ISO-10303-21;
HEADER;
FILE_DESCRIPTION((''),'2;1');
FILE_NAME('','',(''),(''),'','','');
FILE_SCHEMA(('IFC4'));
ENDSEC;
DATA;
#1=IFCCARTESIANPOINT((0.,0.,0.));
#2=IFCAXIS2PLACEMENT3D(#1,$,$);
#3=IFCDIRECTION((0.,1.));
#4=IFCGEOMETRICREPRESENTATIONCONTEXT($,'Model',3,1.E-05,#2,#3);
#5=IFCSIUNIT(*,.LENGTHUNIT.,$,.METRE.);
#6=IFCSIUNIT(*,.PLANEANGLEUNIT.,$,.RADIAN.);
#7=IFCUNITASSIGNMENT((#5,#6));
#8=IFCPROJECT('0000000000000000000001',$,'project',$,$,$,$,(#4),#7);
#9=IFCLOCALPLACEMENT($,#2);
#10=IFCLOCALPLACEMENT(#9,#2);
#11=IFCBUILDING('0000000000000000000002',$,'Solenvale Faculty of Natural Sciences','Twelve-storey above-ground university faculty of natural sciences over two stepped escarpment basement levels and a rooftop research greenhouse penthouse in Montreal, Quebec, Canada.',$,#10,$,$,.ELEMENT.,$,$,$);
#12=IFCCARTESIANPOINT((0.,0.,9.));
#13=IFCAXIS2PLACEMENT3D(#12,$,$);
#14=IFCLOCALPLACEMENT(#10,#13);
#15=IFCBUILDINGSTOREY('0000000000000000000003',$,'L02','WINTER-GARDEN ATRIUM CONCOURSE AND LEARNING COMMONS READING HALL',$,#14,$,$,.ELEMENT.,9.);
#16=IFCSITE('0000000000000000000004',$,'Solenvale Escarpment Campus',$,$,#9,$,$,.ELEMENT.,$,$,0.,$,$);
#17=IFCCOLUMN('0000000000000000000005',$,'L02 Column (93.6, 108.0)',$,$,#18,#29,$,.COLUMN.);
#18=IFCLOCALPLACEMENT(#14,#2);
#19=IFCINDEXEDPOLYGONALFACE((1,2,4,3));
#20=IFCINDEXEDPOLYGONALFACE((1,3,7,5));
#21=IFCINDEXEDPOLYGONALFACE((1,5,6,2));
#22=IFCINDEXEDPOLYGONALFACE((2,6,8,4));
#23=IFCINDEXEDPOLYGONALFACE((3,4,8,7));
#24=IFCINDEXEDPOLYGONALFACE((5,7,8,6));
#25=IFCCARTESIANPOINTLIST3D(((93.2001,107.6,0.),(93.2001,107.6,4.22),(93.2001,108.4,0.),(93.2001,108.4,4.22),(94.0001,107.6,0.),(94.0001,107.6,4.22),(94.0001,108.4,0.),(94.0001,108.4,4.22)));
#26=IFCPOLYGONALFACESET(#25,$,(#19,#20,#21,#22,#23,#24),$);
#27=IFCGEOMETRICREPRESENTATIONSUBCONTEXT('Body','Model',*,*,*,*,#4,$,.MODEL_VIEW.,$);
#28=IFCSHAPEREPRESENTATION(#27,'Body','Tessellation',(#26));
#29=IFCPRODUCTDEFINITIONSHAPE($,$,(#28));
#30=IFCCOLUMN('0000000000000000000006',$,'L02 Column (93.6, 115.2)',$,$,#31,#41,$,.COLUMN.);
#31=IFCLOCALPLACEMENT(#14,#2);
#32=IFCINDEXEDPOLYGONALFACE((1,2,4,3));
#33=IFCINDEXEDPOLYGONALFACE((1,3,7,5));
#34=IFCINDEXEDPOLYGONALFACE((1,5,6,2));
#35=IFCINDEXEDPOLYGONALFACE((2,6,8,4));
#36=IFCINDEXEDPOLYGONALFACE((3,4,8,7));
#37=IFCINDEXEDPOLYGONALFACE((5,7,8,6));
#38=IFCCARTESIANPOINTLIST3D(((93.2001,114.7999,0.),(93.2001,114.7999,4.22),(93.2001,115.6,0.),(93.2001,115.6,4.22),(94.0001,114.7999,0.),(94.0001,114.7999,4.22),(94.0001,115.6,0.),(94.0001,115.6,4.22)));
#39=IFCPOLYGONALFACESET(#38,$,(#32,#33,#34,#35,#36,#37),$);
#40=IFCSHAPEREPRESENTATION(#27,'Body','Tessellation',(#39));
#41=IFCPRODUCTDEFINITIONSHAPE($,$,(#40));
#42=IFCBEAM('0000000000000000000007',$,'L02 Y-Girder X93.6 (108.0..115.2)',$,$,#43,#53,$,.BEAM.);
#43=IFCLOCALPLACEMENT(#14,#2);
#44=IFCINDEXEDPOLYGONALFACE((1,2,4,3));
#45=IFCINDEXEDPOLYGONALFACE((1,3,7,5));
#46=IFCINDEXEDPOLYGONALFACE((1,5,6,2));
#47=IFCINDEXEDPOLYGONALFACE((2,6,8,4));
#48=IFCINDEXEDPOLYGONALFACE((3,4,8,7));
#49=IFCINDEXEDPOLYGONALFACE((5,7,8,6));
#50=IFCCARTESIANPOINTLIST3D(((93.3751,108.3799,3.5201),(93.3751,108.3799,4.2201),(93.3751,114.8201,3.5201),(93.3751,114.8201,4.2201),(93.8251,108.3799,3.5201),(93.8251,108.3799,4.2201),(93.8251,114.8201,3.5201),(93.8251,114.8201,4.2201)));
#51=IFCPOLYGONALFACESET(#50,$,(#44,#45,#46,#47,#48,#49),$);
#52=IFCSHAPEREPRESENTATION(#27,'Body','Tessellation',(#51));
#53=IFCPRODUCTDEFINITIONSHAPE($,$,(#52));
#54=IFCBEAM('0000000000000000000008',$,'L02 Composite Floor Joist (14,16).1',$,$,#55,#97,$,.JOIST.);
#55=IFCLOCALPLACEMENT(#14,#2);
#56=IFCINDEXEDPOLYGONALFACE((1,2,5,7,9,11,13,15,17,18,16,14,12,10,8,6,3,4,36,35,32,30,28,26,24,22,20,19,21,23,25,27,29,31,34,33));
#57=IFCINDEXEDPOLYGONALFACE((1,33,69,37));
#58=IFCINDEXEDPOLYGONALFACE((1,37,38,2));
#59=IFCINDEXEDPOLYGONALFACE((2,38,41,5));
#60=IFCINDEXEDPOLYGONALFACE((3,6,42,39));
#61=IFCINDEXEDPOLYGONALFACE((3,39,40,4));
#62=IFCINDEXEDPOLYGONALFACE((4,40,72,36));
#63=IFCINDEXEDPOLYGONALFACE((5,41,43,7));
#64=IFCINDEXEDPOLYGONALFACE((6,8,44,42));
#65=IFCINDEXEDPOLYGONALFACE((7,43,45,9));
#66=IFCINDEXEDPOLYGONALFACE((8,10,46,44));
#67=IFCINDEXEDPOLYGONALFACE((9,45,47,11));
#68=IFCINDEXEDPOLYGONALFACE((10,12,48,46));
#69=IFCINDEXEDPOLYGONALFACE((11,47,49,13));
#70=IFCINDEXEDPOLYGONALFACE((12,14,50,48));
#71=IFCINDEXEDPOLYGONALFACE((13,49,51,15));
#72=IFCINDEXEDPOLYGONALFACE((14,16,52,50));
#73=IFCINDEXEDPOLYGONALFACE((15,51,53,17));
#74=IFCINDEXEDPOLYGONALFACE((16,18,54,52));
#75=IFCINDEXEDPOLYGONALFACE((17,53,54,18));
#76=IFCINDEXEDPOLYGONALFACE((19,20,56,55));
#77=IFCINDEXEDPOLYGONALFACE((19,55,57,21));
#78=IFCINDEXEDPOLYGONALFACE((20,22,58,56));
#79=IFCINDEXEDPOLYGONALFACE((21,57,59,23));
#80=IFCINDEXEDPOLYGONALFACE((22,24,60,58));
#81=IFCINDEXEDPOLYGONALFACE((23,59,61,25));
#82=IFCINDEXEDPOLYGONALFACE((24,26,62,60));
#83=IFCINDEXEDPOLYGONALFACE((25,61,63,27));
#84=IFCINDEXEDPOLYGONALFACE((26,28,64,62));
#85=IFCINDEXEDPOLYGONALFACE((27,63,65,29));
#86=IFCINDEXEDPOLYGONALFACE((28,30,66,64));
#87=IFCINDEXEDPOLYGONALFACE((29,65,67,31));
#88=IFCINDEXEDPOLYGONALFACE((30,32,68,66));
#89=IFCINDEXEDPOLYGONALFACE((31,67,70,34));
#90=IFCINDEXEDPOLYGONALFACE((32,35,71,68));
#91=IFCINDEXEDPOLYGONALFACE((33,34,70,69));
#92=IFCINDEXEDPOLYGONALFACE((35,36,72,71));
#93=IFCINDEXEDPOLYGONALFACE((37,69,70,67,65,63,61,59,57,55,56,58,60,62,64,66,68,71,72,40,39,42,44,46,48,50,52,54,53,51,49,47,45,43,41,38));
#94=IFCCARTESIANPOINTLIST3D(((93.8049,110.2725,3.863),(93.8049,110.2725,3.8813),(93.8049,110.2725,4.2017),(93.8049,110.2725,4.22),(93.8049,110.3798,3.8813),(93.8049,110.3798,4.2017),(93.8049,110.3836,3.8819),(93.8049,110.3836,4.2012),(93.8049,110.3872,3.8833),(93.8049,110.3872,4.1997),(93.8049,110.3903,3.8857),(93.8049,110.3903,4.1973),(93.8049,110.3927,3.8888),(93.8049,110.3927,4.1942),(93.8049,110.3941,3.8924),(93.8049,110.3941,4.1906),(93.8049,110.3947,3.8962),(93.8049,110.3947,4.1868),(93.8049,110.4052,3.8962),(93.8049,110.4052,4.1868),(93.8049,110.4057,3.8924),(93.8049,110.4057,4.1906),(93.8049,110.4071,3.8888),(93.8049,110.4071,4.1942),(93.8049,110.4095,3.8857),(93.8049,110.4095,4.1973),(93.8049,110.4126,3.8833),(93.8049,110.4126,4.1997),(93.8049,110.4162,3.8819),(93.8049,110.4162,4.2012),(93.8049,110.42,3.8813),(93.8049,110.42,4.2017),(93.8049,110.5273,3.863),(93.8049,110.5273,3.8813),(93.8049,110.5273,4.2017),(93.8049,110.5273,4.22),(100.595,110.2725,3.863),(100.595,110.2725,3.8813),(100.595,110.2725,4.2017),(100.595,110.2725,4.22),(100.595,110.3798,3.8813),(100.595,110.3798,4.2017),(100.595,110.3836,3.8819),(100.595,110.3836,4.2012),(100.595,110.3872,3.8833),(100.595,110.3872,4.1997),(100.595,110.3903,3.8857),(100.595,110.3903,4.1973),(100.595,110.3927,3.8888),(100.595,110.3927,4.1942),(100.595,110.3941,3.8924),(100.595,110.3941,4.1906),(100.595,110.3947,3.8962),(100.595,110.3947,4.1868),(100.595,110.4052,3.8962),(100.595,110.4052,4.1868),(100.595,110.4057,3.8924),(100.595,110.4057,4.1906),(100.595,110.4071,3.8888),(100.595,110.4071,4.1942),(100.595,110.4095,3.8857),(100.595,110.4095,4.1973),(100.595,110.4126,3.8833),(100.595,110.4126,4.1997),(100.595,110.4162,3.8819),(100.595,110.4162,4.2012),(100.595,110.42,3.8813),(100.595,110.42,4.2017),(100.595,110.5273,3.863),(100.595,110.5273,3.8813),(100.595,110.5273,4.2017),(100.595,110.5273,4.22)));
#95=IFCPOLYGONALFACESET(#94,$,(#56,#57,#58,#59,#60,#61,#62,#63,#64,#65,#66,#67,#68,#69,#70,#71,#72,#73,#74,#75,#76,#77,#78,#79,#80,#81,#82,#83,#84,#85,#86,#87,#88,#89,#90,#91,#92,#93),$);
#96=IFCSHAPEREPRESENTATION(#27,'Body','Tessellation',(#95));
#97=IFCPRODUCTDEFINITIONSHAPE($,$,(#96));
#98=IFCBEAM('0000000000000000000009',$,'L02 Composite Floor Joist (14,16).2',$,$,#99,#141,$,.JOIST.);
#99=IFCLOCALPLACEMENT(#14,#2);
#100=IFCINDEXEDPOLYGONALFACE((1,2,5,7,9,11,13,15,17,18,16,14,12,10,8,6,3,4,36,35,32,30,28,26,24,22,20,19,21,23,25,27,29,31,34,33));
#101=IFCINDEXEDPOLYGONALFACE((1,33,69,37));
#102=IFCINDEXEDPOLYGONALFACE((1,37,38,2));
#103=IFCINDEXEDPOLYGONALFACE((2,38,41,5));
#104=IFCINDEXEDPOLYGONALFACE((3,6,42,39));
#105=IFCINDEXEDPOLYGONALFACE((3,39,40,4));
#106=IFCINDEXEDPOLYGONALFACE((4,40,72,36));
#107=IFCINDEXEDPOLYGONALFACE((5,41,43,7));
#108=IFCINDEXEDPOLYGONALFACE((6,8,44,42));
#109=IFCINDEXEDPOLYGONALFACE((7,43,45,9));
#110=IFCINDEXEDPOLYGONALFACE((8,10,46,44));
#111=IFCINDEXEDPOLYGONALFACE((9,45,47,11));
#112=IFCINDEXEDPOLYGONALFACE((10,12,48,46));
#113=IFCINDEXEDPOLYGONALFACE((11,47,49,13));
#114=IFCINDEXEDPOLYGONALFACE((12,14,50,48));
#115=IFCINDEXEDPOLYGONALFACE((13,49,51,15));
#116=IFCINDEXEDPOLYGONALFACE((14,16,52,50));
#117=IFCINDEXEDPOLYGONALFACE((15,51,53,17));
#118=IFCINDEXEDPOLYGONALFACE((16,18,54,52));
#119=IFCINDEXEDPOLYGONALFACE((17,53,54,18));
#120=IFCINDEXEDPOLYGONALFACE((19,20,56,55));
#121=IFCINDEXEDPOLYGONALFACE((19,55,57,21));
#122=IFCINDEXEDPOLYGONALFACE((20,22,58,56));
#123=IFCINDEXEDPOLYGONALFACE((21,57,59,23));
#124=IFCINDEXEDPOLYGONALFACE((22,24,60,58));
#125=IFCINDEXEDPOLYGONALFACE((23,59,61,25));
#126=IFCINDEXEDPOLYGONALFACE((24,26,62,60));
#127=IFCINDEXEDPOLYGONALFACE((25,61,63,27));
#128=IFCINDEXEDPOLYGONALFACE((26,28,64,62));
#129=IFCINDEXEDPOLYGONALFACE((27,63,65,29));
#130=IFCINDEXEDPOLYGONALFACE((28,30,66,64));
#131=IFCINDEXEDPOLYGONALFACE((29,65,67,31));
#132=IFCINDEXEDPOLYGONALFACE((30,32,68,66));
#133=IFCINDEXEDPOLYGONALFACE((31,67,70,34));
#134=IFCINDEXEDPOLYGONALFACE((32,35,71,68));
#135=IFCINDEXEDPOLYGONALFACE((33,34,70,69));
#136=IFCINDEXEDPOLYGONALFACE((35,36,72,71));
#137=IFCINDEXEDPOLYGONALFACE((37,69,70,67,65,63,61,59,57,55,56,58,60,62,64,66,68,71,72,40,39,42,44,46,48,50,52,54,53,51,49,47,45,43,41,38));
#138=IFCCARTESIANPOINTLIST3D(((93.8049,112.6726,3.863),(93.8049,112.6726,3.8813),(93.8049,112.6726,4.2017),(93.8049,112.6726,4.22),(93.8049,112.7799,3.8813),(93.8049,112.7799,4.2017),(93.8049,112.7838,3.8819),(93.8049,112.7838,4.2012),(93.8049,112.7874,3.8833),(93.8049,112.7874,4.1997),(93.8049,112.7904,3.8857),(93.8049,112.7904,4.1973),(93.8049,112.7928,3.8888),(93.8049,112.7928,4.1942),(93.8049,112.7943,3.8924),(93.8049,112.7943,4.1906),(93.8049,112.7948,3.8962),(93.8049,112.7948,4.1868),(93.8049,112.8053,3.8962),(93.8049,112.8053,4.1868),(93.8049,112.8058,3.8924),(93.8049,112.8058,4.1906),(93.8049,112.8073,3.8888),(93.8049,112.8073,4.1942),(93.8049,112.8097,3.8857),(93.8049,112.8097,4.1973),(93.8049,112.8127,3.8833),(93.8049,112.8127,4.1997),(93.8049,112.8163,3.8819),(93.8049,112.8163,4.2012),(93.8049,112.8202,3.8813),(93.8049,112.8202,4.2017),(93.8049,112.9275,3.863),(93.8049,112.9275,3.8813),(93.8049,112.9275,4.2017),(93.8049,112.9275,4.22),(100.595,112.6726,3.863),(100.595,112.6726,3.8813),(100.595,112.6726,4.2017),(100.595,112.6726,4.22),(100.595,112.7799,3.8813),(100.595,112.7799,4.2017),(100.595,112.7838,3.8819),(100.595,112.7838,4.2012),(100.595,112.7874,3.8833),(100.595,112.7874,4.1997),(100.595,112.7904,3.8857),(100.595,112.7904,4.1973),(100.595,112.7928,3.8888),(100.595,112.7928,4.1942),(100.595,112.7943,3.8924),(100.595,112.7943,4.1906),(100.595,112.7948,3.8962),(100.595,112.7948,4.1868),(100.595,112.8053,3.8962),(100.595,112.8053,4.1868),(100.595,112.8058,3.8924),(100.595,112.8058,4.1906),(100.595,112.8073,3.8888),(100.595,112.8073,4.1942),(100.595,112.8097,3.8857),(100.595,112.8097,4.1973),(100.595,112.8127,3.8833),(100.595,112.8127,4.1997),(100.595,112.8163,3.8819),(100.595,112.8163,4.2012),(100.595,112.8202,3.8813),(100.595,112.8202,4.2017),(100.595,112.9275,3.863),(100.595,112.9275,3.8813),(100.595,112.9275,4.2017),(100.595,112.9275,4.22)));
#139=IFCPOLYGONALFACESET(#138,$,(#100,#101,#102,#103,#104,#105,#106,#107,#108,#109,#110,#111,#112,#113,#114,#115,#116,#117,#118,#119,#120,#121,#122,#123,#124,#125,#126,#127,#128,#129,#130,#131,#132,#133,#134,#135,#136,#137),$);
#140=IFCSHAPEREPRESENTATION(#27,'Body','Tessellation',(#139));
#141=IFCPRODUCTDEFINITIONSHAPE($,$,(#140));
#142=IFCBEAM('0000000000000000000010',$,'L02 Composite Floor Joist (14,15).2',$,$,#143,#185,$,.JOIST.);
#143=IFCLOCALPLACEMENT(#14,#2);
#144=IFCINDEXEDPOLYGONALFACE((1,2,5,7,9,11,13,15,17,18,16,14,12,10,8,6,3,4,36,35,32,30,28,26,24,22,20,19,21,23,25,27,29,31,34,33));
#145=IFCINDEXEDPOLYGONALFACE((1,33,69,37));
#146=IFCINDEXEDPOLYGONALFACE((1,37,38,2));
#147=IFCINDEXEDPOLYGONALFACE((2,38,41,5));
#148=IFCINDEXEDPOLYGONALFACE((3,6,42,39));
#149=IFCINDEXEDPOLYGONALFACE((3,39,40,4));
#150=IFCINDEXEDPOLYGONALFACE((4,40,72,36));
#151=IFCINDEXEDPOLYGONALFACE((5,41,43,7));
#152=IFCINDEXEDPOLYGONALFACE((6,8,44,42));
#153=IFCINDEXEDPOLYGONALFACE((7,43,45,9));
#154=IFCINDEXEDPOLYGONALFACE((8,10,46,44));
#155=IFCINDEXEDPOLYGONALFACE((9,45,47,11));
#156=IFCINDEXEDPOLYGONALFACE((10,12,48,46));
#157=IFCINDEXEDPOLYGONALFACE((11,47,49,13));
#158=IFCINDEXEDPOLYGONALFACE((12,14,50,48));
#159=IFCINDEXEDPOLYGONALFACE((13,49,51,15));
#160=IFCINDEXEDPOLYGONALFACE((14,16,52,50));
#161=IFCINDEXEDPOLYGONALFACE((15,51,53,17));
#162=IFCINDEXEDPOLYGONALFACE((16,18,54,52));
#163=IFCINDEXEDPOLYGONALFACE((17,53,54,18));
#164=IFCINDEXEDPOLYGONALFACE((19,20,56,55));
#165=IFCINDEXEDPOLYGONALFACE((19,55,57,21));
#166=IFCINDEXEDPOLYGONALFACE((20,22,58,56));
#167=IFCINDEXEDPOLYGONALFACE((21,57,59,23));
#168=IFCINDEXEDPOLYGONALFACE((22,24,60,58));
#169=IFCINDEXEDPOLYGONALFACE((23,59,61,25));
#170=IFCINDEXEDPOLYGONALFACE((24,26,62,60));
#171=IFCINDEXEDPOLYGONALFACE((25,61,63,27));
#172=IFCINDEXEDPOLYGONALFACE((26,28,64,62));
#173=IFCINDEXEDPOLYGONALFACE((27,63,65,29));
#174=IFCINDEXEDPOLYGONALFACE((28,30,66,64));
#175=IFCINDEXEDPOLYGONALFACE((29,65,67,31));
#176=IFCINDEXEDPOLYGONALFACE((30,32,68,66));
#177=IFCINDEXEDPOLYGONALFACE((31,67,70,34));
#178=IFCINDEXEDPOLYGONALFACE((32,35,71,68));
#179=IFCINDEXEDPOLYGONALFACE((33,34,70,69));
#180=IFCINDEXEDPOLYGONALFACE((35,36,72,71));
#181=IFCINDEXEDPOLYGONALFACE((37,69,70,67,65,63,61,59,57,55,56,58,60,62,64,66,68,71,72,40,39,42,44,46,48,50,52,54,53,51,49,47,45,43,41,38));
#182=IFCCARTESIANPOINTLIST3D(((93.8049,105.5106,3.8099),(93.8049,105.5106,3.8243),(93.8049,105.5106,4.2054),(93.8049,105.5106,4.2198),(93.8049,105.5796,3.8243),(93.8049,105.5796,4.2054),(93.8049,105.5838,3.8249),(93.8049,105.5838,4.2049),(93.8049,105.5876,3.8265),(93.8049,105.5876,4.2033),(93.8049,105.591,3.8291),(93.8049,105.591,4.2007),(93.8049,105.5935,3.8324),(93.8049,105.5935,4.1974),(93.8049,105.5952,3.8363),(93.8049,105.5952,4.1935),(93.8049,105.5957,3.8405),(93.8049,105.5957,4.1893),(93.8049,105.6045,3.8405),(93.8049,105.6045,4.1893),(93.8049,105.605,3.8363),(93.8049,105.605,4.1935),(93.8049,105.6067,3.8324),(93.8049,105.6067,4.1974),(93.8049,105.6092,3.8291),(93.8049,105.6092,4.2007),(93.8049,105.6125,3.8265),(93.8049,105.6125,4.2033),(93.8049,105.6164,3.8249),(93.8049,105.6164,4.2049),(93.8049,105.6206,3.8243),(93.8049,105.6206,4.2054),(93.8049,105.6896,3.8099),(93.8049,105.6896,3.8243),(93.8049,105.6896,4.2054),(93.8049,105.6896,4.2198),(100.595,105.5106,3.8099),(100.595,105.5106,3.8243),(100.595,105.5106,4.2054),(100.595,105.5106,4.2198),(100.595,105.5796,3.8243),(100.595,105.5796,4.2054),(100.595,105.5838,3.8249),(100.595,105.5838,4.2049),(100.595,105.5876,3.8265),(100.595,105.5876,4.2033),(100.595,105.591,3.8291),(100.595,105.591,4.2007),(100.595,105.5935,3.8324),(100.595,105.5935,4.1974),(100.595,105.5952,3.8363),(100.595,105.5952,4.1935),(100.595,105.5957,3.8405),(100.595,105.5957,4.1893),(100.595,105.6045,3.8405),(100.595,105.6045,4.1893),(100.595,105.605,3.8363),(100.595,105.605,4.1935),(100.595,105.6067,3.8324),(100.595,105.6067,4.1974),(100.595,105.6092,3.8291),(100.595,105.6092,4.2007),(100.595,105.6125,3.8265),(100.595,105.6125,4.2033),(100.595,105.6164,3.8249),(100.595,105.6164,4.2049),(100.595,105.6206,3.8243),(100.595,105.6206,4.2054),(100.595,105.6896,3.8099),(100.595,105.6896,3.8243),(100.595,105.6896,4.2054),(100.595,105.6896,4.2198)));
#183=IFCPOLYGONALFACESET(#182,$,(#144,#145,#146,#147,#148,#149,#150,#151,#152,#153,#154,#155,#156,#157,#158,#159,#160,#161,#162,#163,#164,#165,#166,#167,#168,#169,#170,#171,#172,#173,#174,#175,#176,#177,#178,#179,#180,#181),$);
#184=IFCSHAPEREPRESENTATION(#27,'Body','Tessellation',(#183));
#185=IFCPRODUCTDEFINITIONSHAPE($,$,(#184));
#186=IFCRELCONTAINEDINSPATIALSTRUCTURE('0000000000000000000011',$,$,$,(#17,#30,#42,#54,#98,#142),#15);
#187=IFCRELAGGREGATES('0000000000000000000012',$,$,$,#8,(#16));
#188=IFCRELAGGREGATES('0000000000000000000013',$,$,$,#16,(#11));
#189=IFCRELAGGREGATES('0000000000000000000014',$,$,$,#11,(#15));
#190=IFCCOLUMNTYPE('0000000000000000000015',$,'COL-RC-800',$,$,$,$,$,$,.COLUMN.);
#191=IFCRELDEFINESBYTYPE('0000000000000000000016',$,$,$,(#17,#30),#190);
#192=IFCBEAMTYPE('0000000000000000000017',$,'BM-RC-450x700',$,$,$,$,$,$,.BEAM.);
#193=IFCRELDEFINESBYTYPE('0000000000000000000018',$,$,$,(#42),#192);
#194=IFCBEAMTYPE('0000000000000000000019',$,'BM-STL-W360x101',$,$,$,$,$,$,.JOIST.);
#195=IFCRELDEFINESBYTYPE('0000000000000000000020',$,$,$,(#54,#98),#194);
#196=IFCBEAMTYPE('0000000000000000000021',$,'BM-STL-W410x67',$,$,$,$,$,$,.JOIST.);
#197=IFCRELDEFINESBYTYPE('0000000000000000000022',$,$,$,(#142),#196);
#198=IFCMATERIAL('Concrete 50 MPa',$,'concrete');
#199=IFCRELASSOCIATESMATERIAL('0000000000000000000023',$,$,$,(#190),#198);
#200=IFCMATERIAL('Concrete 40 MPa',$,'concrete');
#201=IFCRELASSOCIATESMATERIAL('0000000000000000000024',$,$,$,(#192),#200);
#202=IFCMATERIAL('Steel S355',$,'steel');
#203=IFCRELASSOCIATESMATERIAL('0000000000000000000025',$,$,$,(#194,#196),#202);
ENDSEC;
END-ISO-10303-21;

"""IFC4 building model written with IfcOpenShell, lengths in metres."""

from ifc_helpers import new_model, si_unit, direction, frame, origin, origin_2d, place, context, subcontext, project, spatial, rectangle, i_section, extrude, material, material_profile, profile_set, type_object, element, save


model = new_model("IFC4")

# Units and contexts
model_context = context("Model", 3, precision=1e-05, world=origin(), true_north=direction((0.0, 1.0)))
body_context = subcontext(model_context, "Body", "Model", "MODEL_VIEW")
ifc_project = project(units=[si_unit("LENGTHUNIT", "METRE"), si_unit("PLANEANGLEUNIT", "RADIAN")], contexts=[model_context])

# Site, building, storey
site_placement = place(None, origin())
site = spatial("IfcSite", under=ifc_project, at=site_placement, Name="Solenvale Escarpment Campus", CompositionType="ELEMENT", RefElevation=0.0)
building_placement = place(site_placement, origin())
building = spatial("IfcBuilding", under=site, at=building_placement, Name="Solenvale Faculty of Natural Sciences", Description="Twelve-storey above-ground university faculty of natural sciences over two stepped escarpment basement levels and a rooftop research greenhouse penthouse in Montreal, Quebec, Canada.", CompositionType="ELEMENT")
storey_placement = place(building_placement, frame((0.0, 0.0, 9.0)))
storey = spatial("IfcBuildingStorey", under=building, at=storey_placement, Name="L02", Description="WINTER-GARDEN ATRIUM CONCOURSE AND LEARNING COMMONS READING HALL", CompositionType="ELEMENT", Elevation=9.0)

# Columns
ifc_material_1 = material(Name="Concrete 50 MPa", Category="concrete")
ifc_material_profile_1 = material_profile(ifc_material_1, rectangle(XDim=0.8, YDim=0.8, at=origin_2d()), Name="RC-COL-800x800")
ifc_profile_set_1 = profile_set([ifc_material_profile_1], Name="Concrete 50 MPa")
column_type = type_object("IfcColumnType", Name="COL-RC-800", PredefinedType="COLUMN", material=ifc_profile_set_1)
for number, where, z_axis, x_axis, name in (
    (1, (93.6001, 108.0, 0.0), (0.0, 0.0, 1.0), (1.0, 0.0, 0.0), "L02 Column (93.6, 108.0)"),
    (2, (93.6001, 115.2, 0.0), (0.0, 0.0, 1.0), (1.0, 0.0, 0.0), "L02 Column (93.6, 115.2)"),
):
    element("IfcColumn", number, at=place(storey_placement, frame(where, z_axis=z_axis, x_axis=x_axis)), inside=storey, type_object=column_type, Name=name, PredefinedType="COLUMN", context=body_context, shape_type="SweptSolid", body=[
        extrude(rectangle(XDim=0.8, YDim=0.8, at=origin_2d()), origin(), (0.0, 0.0, 1.0), 4.22),
    ])

# Beams
ifc_material_2 = material(Name="Concrete 40 MPa", Category="concrete")
ifc_material_profile_2 = material_profile(ifc_material_2, rectangle(XDim=0.45, YDim=0.7, at=origin_2d()), Name="RC-BM-450x700")
ifc_profile_set_2 = profile_set([ifc_material_profile_2], Name="Concrete 40 MPa")
beam_type_1 = type_object("IfcBeamType", Name="BM-RC-450x700", PredefinedType="BEAM", material=ifc_profile_set_2)
beam_1_placement = place(storey_placement, frame((93.6001, 108.3799, 3.8701), z_axis=(0.0, 1.0, 0.0), x_axis=(-1.0, 0.0, 0.0)))
element("IfcBeam", 3, at=beam_1_placement, inside=storey, type_object=beam_type_1, Name="L02 Y-Girder X93.6 (108.0..115.2)", PredefinedType="BEAM", context=body_context, shape_type="SweptSolid", body=[
    extrude(rectangle(XDim=0.45, YDim=0.7, at=origin_2d()), origin(), (0.0, 0.0, 1.0), 6.4402),
])
ifc_material_3 = material(Name="Steel S355", Category="steel")
ifc_material_profile_3 = material_profile(ifc_material_3, i_section(OverallWidth=0.2549, OverallDepth=0.3569, WebThickness=0.0105, FlangeThickness=0.0183, FilletRadius=0.0149, at=origin_2d()), Name="W360x101")
ifc_profile_set_3 = profile_set([ifc_material_profile_3], Name="Steel S355")
beam_type_2 = type_object("IfcBeamType", Name="BM-STL-W360x101", PredefinedType="JOIST", material=ifc_profile_set_3)
for number, where, z_axis, x_axis, name in (
    (4, (93.8049, 110.3999, 4.0415), (1.0, 0.0, 0.0), (0.0, 1.0, 0.0), "L02 Composite Floor Joist (14,16).1"),
    (5, (93.8049, 112.8, 4.0415), (1.0, 0.0, 0.0), (0.0, 1.0, 0.0), "L02 Composite Floor Joist (14,16).2"),
):
    element("IfcBeam", number, at=place(storey_placement, frame(where, z_axis=z_axis, x_axis=x_axis)), inside=storey, type_object=beam_type_2, Name=name, PredefinedType="JOIST", context=body_context, shape_type="SweptSolid", body=[
        extrude(i_section(OverallWidth=0.2549, OverallDepth=0.3569, WebThickness=0.0105, FlangeThickness=0.0183, FilletRadius=0.0149, at=origin_2d()), origin(), (0.0, 0.0, 1.0), 6.79),
    ])
ifc_material_profile_4 = material_profile(ifc_material_3, i_section(OverallWidth=0.179, OverallDepth=0.4099, WebThickness=0.0088, FlangeThickness=0.0144, FilletRadius=0.0161, at=origin_2d()), Name="W410x67")
ifc_profile_set_4 = profile_set([ifc_material_profile_4], Name="Steel S355")
beam_type_3 = type_object("IfcBeamType", Name="BM-STL-W410x67", PredefinedType="JOIST", material=ifc_profile_set_4)
beam_2_placement = place(storey_placement, frame((93.8049, 105.6001, 4.0149), z_axis=(1.0, 0.0, 0.0), x_axis=(0.0, 1.0, 0.0)))
element("IfcBeam", 6, at=beam_2_placement, inside=storey, type_object=beam_type_3, Name="L02 Composite Floor Joist (14,15).2", PredefinedType="JOIST", context=body_context, shape_type="SweptSolid", body=[
    extrude(i_section(OverallWidth=0.179, OverallDepth=0.4099, WebThickness=0.0088, FlangeThickness=0.0144, FilletRadius=0.0161, at=origin_2d()), origin(), (0.0, 0.0, 1.0), 6.79),
])

save(model, "model.ifc")
